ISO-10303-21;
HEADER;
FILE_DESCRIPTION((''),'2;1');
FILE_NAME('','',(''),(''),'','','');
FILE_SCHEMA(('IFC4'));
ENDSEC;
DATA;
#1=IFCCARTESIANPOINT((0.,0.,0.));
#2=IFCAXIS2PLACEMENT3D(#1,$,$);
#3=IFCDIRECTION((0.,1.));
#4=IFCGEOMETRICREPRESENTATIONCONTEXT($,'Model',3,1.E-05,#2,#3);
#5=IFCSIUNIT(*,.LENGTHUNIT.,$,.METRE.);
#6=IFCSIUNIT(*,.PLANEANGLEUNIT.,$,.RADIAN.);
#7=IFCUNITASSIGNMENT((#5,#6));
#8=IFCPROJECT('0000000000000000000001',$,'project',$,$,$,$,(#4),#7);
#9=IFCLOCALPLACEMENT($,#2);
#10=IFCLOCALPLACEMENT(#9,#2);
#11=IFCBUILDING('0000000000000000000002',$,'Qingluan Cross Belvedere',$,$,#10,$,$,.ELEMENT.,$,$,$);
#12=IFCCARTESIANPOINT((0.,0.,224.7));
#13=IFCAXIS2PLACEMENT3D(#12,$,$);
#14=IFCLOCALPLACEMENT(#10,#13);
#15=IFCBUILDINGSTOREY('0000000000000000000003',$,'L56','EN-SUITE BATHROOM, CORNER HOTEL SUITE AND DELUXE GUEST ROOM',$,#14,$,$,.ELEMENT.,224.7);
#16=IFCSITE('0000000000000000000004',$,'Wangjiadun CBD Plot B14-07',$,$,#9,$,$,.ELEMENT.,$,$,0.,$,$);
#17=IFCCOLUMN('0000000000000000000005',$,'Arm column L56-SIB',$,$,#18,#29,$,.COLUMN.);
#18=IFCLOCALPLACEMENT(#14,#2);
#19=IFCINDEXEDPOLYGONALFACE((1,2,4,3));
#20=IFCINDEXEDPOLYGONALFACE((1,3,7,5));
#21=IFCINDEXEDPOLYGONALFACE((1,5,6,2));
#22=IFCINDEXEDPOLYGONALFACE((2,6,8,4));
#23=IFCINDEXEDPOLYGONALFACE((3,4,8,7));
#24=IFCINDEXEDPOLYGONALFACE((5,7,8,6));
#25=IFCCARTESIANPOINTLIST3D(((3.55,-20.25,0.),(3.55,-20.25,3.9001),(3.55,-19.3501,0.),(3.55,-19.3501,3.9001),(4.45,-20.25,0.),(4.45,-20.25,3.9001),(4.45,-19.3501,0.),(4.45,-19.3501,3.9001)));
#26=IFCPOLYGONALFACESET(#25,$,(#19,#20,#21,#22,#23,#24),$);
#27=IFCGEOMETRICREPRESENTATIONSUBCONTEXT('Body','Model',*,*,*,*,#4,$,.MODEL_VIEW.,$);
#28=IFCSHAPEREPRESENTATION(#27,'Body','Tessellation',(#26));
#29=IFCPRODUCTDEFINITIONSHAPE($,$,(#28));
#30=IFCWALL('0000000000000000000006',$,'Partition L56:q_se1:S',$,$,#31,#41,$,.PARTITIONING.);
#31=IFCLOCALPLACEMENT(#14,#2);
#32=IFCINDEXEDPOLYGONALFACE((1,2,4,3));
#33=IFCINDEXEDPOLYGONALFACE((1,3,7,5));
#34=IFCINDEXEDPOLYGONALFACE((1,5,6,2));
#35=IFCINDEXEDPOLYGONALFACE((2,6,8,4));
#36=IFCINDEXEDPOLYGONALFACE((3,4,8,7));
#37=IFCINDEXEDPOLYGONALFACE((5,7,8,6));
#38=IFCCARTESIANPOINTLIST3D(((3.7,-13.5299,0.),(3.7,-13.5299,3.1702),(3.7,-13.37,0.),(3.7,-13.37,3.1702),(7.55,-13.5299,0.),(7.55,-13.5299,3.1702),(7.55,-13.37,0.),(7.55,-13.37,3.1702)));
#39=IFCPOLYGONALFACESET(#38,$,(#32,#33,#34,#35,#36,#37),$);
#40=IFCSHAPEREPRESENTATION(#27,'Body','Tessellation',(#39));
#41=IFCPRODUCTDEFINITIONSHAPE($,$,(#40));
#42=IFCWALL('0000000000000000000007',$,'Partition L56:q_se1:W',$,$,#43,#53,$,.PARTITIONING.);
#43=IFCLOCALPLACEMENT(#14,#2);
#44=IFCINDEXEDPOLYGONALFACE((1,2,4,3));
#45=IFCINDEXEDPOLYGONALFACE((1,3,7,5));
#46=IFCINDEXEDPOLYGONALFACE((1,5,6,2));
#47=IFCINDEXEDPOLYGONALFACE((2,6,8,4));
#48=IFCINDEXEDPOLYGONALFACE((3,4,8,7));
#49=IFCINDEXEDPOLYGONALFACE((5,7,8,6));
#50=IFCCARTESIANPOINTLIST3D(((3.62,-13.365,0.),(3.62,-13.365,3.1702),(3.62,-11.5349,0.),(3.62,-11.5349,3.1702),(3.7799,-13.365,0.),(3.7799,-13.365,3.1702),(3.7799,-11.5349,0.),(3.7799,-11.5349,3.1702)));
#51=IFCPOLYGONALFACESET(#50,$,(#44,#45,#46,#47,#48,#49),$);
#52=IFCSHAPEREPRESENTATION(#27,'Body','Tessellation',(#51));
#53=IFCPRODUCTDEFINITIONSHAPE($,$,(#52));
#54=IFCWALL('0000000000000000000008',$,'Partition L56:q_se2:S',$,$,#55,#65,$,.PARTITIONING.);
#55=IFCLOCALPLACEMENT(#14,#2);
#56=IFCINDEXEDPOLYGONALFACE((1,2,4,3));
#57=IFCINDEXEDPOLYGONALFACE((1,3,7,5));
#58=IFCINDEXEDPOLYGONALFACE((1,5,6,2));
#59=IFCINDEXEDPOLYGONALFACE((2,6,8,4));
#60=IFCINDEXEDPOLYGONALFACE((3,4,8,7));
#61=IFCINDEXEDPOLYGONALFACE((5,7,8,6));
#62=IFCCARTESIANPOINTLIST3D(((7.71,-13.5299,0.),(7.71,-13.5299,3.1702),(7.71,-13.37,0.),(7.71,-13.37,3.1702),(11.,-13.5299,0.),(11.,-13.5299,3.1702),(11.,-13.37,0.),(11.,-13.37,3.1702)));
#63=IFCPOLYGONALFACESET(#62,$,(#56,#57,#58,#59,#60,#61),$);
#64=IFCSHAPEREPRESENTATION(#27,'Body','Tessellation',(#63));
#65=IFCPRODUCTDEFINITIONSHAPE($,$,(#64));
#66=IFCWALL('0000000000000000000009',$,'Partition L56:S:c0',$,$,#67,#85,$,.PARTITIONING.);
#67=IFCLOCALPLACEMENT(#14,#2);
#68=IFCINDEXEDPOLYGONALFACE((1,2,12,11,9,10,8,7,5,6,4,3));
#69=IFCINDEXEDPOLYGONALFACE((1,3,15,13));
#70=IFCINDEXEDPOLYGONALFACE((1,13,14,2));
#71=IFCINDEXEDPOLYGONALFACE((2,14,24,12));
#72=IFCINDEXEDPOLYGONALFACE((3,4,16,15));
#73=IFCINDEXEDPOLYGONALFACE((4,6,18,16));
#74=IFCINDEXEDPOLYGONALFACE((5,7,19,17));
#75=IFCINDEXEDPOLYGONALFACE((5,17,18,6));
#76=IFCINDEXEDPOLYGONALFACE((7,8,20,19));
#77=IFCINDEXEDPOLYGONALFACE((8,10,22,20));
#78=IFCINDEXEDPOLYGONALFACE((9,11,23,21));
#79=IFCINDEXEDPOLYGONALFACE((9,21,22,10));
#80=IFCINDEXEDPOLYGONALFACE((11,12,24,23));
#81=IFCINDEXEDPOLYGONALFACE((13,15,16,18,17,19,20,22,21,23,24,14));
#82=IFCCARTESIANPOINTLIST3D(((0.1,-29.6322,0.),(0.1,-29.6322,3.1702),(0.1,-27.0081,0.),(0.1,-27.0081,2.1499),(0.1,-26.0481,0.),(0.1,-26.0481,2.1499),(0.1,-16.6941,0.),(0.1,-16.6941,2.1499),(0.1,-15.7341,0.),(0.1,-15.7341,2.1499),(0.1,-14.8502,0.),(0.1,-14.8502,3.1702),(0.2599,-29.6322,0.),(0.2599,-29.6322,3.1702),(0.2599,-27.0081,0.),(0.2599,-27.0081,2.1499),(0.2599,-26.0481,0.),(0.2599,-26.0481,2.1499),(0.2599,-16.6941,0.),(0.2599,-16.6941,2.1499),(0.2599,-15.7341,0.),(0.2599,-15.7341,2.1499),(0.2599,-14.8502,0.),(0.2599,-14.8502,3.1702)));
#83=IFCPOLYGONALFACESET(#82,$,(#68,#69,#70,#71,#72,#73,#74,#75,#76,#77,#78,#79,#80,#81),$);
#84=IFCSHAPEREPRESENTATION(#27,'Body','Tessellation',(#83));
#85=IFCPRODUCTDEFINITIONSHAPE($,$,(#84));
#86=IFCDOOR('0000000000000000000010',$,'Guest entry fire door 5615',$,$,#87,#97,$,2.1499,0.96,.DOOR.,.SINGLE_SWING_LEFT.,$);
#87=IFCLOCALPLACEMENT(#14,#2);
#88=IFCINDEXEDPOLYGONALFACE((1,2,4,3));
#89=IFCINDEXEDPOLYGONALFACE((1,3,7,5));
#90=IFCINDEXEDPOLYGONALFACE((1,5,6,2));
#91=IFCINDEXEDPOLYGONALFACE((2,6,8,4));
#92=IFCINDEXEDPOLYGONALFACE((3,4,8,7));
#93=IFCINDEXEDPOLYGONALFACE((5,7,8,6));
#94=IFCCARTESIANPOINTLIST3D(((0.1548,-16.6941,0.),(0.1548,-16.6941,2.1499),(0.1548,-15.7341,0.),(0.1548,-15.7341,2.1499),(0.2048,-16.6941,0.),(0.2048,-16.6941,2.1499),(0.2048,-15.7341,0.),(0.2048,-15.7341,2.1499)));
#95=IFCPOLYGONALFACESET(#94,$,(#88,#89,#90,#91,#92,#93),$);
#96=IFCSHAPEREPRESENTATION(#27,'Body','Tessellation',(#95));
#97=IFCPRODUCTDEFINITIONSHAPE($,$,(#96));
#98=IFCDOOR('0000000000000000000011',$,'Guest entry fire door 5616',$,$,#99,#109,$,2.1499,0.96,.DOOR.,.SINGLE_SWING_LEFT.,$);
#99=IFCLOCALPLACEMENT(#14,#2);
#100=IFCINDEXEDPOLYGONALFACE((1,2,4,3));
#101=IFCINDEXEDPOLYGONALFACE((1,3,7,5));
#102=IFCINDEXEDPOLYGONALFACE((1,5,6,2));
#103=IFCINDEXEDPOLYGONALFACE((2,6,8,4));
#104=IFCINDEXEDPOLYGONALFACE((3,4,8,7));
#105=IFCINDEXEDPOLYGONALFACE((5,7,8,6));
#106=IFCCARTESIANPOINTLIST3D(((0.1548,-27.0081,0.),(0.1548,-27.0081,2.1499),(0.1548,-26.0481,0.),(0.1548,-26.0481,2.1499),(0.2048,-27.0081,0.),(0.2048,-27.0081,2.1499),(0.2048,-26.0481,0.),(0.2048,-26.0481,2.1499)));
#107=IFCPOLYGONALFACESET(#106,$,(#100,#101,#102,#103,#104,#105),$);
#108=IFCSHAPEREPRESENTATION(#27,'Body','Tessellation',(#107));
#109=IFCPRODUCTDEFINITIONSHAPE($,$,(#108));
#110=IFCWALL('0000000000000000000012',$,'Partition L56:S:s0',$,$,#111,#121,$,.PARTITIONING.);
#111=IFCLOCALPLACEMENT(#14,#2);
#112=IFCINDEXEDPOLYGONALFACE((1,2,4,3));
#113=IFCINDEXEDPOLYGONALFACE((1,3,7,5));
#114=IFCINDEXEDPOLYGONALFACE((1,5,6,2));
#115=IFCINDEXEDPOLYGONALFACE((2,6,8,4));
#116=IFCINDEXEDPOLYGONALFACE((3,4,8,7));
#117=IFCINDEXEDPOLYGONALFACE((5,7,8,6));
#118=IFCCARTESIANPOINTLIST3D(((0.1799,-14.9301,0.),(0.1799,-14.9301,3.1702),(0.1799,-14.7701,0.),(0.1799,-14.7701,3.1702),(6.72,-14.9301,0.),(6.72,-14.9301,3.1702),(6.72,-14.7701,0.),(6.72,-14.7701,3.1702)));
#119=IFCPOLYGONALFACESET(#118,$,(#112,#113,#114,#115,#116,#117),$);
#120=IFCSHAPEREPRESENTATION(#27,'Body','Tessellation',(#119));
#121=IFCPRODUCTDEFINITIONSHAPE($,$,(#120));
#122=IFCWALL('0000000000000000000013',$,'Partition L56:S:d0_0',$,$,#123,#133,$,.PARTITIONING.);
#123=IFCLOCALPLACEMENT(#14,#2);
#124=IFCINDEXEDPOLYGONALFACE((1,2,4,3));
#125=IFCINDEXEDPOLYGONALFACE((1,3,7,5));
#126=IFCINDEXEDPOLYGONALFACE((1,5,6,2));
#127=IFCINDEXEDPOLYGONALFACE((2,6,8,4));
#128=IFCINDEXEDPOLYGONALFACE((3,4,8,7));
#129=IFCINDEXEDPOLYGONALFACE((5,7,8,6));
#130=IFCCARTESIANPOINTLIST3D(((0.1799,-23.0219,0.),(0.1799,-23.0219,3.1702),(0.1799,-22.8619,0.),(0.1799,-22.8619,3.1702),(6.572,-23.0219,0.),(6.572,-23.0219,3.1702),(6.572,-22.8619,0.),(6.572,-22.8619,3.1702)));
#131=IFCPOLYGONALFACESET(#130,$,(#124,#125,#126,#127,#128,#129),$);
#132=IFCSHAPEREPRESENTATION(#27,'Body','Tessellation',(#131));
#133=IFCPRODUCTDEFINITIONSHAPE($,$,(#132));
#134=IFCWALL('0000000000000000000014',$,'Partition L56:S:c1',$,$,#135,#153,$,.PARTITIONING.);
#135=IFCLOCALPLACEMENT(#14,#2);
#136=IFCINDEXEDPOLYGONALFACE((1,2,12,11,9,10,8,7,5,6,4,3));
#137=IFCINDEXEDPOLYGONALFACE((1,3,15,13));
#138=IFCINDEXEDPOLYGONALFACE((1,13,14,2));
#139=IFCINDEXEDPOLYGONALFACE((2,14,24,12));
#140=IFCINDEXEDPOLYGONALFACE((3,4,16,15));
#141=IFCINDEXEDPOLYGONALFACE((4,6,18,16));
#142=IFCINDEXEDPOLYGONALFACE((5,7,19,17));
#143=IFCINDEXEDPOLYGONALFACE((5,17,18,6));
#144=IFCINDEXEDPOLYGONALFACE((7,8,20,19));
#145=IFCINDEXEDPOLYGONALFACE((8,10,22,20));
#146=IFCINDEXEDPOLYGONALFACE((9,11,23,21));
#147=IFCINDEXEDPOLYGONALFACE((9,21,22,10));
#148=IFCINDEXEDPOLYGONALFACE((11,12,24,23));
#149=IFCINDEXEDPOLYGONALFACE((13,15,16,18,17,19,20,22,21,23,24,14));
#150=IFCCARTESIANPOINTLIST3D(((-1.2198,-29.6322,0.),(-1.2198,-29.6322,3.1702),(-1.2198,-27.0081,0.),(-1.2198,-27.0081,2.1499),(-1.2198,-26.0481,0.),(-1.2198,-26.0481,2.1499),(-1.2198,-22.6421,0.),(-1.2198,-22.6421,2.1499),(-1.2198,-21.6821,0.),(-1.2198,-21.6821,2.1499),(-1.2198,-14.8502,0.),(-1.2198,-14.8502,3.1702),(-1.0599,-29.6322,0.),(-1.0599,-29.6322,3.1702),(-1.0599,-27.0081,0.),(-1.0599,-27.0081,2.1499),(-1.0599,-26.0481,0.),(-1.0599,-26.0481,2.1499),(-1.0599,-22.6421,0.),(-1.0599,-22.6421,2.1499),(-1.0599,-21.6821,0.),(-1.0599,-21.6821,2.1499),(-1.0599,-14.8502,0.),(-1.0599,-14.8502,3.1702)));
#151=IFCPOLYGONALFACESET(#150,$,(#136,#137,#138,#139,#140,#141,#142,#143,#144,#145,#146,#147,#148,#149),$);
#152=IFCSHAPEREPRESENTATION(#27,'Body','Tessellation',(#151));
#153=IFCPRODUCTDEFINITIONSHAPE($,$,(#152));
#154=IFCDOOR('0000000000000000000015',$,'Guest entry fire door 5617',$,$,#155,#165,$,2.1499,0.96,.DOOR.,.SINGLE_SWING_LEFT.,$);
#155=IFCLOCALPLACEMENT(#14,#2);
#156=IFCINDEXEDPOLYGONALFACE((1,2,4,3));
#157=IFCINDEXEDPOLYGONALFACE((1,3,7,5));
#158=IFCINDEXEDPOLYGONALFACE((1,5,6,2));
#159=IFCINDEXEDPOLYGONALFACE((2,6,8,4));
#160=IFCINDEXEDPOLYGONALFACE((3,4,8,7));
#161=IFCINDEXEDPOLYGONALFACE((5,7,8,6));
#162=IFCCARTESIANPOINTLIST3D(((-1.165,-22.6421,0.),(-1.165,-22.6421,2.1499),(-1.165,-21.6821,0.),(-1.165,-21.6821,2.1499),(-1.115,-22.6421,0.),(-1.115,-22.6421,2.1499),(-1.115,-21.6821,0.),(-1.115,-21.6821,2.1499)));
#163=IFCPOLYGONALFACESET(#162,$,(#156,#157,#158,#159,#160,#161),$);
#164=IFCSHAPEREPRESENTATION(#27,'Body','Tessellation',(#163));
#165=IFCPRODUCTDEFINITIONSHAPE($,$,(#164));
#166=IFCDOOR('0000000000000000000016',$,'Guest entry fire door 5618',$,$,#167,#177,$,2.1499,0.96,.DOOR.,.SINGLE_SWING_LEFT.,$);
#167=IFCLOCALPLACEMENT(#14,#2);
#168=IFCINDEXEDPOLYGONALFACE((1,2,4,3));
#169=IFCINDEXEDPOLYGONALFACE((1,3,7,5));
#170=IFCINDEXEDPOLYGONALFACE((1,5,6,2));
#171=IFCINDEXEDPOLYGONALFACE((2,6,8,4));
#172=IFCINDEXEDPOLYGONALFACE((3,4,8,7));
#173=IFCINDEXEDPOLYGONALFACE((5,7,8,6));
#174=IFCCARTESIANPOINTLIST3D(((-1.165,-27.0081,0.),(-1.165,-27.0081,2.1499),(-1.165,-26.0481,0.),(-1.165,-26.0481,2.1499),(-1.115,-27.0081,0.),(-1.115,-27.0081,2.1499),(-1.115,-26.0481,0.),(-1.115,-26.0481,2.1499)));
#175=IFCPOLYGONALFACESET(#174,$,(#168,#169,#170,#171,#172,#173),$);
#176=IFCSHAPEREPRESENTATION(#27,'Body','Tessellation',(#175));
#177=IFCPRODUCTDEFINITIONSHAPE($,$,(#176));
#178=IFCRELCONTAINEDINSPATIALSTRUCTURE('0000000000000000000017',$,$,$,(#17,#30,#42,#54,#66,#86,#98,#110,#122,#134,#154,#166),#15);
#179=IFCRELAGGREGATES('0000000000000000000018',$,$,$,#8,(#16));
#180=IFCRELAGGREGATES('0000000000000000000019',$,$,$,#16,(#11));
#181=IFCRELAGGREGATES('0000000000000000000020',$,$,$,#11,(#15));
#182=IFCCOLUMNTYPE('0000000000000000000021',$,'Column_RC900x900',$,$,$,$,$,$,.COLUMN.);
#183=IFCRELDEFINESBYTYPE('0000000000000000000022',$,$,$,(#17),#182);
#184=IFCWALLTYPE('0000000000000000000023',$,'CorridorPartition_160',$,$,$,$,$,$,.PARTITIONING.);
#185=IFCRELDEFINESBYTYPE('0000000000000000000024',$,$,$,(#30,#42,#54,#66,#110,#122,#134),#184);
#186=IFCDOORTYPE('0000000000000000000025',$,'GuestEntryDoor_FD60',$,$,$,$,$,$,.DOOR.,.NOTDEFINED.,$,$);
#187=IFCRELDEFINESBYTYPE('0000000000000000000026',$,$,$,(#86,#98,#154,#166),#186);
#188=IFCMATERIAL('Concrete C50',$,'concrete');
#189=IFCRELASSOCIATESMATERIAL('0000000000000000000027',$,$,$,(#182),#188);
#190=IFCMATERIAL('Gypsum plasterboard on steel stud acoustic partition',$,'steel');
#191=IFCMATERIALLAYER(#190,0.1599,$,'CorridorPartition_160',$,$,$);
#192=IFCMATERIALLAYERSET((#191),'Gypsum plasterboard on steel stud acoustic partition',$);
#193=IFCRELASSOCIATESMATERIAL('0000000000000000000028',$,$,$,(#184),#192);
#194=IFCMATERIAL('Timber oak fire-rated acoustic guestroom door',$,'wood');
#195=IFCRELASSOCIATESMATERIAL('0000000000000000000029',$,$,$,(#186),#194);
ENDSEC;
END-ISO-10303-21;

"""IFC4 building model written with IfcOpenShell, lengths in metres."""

from ifc_helpers import new_model, si_unit, direction, frame, frame_2d, origin, origin_2d, place, context, subcontext, project, spatial, rectangle, extrude, material, layer, layer_set, material_profile, profile_set, type_object, element, fill, save


model = new_model("IFC4")

# Units and contexts
model_context = context("Model", 3, precision=1e-05, world=origin(), true_north=direction((0.0, 1.0)))
body_context = subcontext(model_context, "Body", "Model", "MODEL_VIEW")
ifc_project = project(units=[si_unit("LENGTHUNIT", "METRE"), si_unit("PLANEANGLEUNIT", "RADIAN")], contexts=[model_context])

# Site, building, storey
site_placement = place(None, origin())
site = spatial("IfcSite", under=ifc_project, at=site_placement, Name="Wangjiadun CBD Plot B14-07", CompositionType="ELEMENT", RefElevation=0.0)
building_placement = place(site_placement, origin())
building = spatial("IfcBuilding", under=site, at=building_placement, Name="Qingluan Cross Belvedere", CompositionType="ELEMENT")
storey_placement = place(building_placement, frame((0.0, 0.0, 224.7)))
storey = spatial("IfcBuildingStorey", under=building, at=storey_placement, Name="L56", Description="EN-SUITE BATHROOM, CORNER HOTEL SUITE AND DELUXE GUEST ROOM", CompositionType="ELEMENT", Elevation=224.7)

# Column
ifc_material_1 = material(Name="Concrete C50", Category="concrete")
ifc_material_profile = material_profile(ifc_material_1, rectangle(XDim=0.8999, YDim=0.8999, at=origin_2d()), Name="RC900x900")
ifc_profile_set = profile_set([ifc_material_profile], Name="Concrete C50")
column_type = type_object("IfcColumnType", Name="Column_RC900x900", PredefinedType="COLUMN", material=ifc_profile_set)
column_placement = place(storey_placement, frame((4.0, -19.8, 0.0), z_axis=(0.0, 0.0, 1.0), x_axis=(1.0, 0.0, 0.0)))
element("IfcColumn", 1, at=column_placement, inside=storey, type_object=column_type, Name="Arm column L56-SIB", PredefinedType="COLUMN", context=body_context, shape_type="SweptSolid", body=[
    extrude(rectangle(XDim=0.8999, YDim=0.8999, at=origin_2d()), origin(), (0.0, 0.0, 1.0), 3.9001),
])

# Walls
ifc_material_2 = material(Name="Gypsum plasterboard on steel stud acoustic partition", Category="steel")
ifc_layer_1 = layer(ifc_material_2, 0.1599, Name="CorridorPartition_160")
ifc_layer_set_1 = layer_set([ifc_layer_1], Name="Gypsum plasterboard on steel stud acoustic partition")
wall_type_1 = type_object("IfcWallType", Name="CorridorPartition_160", PredefinedType="PARTITIONING", material=ifc_layer_set_1)
wall_1_placement = place(storey_placement, frame((3.7, -13.45, 0.0), z_axis=(0.0, 0.0, 1.0), x_axis=(1.0, 0.0, 0.0)))
element("IfcWall", 2, at=wall_1_placement, inside=storey, type_object=wall_type_1, Name="Partition L56:q_se1:S", PredefinedType="PARTITIONING", context=body_context, shape_type="SweptSolid", body=[
    extrude(rectangle(XDim=3.8501, YDim=0.1599, at=frame_2d((1.925, 0.0))), origin(), (0.0, 0.0, 1.0), 3.1702),
])
wall_2_placement = place(storey_placement, frame((3.7, -13.365, 0.0), z_axis=(0.0, 0.0, 1.0), x_axis=(0.0, 1.0, 0.0)))
element("IfcWall", 3, at=wall_2_placement, inside=storey, type_object=wall_type_1, Name="Partition L56:q_se1:W", PredefinedType="PARTITIONING", context=body_context, shape_type="SweptSolid", body=[
    extrude(rectangle(XDim=1.8301, YDim=0.1599, at=frame_2d((0.915, 0.0))), origin(), (0.0, 0.0, 1.0), 3.1702),
])
wall_3_placement = place(storey_placement, frame((7.71, -13.45, 0.0), z_axis=(0.0, 0.0, 1.0), x_axis=(1.0, 0.0, 0.0)))
element("IfcWall", 4, at=wall_3_placement, inside=storey, type_object=wall_type_1, Name="Partition L56:q_se2:S", PredefinedType="PARTITIONING", context=body_context, shape_type="SweptSolid", body=[
    extrude(rectangle(XDim=3.29, YDim=0.1599, at=frame_2d((1.645, 0.0))), origin(), (0.0, 0.0, 1.0), 3.1702),
])

# Wall, openings, doors
wall_4_placement = place(storey_placement, frame((0.1799, -14.8501, 0.0), z_axis=(0.0, 0.0, 1.0), x_axis=(0.0, -1.0, 0.0)))
wall_4 = element("IfcWall", 5, at=wall_4_placement, inside=storey, type_object=wall_type_1, Name="Partition L56:S:c0", PredefinedType="PARTITIONING", context=body_context, shape_type="SweptSolid", body=[
    extrude(rectangle(XDim=14.782, YDim=0.1599, at=frame_2d((7.3911, 0.0))), origin(), (0.0, 0.0, 1.0), 3.1702),
])
opening_1_placement = place(wall_4_placement, frame((0.884, 0.0, 0.0)))
opening_1 = element("IfcOpeningElement", 6, at=opening_1_placement, cuts=wall_4, PredefinedType="OPENING", context=body_context, shape_type="SweptSolid", body=[
    extrude(rectangle(XDim=0.96, YDim=2.1499, at=frame_2d((0.48, 1.075))), frame((0.0, 0.0898, 0.0), z_axis=(0.0, -1.0, 0.0), x_axis=(1.0, 0.0, 0.0)), (0.0, 0.0, 1.0), 0.1799),
])
opening_2_placement = place(wall_4_placement, frame((11.198, 0.0, 0.0)))
opening_2 = element("IfcOpeningElement", 7, at=opening_2_placement, cuts=wall_4, PredefinedType="OPENING", context=body_context, shape_type="SweptSolid", body=[
    extrude(rectangle(XDim=0.96, YDim=2.1499, at=frame_2d((0.48, 1.075))), frame((0.0, 0.0898, 0.0), z_axis=(0.0, -1.0, 0.0), x_axis=(1.0, 0.0, 0.0)), (0.0, 0.0, 1.0), 0.1799),
])
ifc_material_3 = material(Name="Timber oak fire-rated acoustic guestroom door", Category="wood")
door_type_1 = type_object("IfcDoorType", Name="GuestEntryDoor_FD60", OperationType="NOTDEFINED", PredefinedType="DOOR", material=ifc_material_3)
door_1_placement = place(opening_1_placement, origin())
door_1 = element("IfcDoor", 8, at=door_1_placement, inside=storey, type_object=door_type_1, Name="Guest entry fire door 5615", OperationType="SINGLE_SWING_LEFT", OverallHeight=2.1499, OverallWidth=0.96, PredefinedType="DOOR", context=body_context, shape_type="SweptSolid", body=[
    extrude(rectangle(XDim=0.96, YDim=2.1499, at=frame_2d((0.48, 1.075))), frame((0.0, 0.0249, 0.0), z_axis=(0.0, -1.0, 0.0), x_axis=(1.0, 0.0, 0.0)), (0.0, 0.0, 1.0), 0.05),
])
fill(opening_1, door_1)
door_2_placement = place(opening_2_placement, origin())
door_2 = element("IfcDoor", 9, at=door_2_placement, inside=storey, type_object=door_type_1, Name="Guest entry fire door 5616", OperationType="SINGLE_SWING_LEFT", OverallHeight=2.1499, OverallWidth=0.96, PredefinedType="DOOR", context=body_context, shape_type="SweptSolid", body=[
    extrude(rectangle(XDim=0.96, YDim=2.1499, at=frame_2d((0.48, 1.075))), frame((0.0, 0.0249, 0.0), z_axis=(0.0, -1.0, 0.0), x_axis=(1.0, 0.0, 0.0)), (0.0, 0.0, 1.0), 0.05),
])
fill(opening_2, door_2)

# Walls
wall_5_placement = place(storey_placement, frame((0.1799, -14.8501, 0.0), z_axis=(0.0, 0.0, 1.0), x_axis=(1.0, 0.0, 0.0)))
element("IfcWall", 10, at=wall_5_placement, inside=storey, type_object=wall_type_1, Name="Partition L56:S:s0", PredefinedType="PARTITIONING", context=body_context, shape_type="SweptSolid", body=[
    extrude(rectangle(XDim=6.54, YDim=0.1599, at=frame_2d((3.27, 0.0))), origin(), (0.0, 0.0, 1.0), 3.1702),
])
wall_6_placement = place(storey_placement, frame((0.1799, -22.9419, 0.0), z_axis=(0.0, 0.0, 1.0), x_axis=(1.0, 0.0, 0.0)))
element("IfcWall", 11, at=wall_6_placement, inside=storey, type_object=wall_type_1, Name="Partition L56:S:d0_0", PredefinedType="PARTITIONING", context=body_context, shape_type="SweptSolid", body=[
    extrude(rectangle(XDim=6.3921, YDim=0.1599, at=frame_2d((3.196, 0.0))), origin(), (0.0, 0.0, 1.0), 3.1702),
])

# Wall, openings, doors
wall_7_placement = place(storey_placement, frame((-1.1399, -14.8501, 0.0), z_axis=(0.0, 0.0, 1.0), x_axis=(0.0, -1.0, 0.0)))
wall_7 = element("IfcWall", 12, at=wall_7_placement, inside=storey, type_object=wall_type_1, Name="Partition L56:S:c1", PredefinedType="PARTITIONING", context=body_context, shape_type="SweptSolid", body=[
    extrude(rectangle(XDim=14.782, YDim=0.1599, at=frame_2d((7.3911, 0.0))), origin(), (0.0, 0.0, 1.0), 3.1702),
])
opening_3_placement = place(wall_7_placement, frame((6.832, 0.0, 0.0)))
opening_3 = element("IfcOpeningElement", 13, at=opening_3_placement, cuts=wall_7, PredefinedType="OPENING", context=body_context, shape_type="SweptSolid", body=[
    extrude(rectangle(XDim=0.96, YDim=2.1499, at=frame_2d((0.48, 1.075))), frame((0.0, 0.0898, 0.0), z_axis=(0.0, -1.0, 0.0), x_axis=(1.0, 0.0, 0.0)), (0.0, 0.0, 1.0), 0.1799),
])
opening_4_placement = place(wall_7_placement, frame((11.198, 0.0, 0.0)))
opening_4 = element("IfcOpeningElement", 14, at=opening_4_placement, cuts=wall_7, PredefinedType="OPENING", context=body_context, shape_type="SweptSolid", body=[
    extrude(rectangle(XDim=0.96, YDim=2.1499, at=frame_2d((0.48, 1.075))), frame((0.0, 0.0898, 0.0), z_axis=(0.0, -1.0, 0.0), x_axis=(1.0, 0.0, 0.0)), (0.0, 0.0, 1.0), 0.1799),
])
door_3_placement = place(opening_3_placement, origin())
door_3 = element("IfcDoor", 15, at=door_3_placement, inside=storey, type_object=door_type_1, Name="Guest entry fire door 5617", OperationType="SINGLE_SWING_LEFT", OverallHeight=2.1499, OverallWidth=0.96, PredefinedType="DOOR", context=body_context, shape_type="SweptSolid", body=[
    extrude(rectangle(XDim=0.96, YDim=2.1499, at=frame_2d((0.48, 1.075))), frame((0.0, 0.0249, 0.0), z_axis=(0.0, -1.0, 0.0), x_axis=(1.0, 0.0, 0.0)), (0.0, 0.0, 1.0), 0.05),
])
fill(opening_3, door_3)
door_4_placement = place(opening_4_placement, origin())
door_4 = element("IfcDoor", 16, at=door_4_placement, inside=storey, type_object=door_type_1, Name="Guest entry fire door 5618", OperationType="SINGLE_SWING_LEFT", OverallHeight=2.1499, OverallWidth=0.96, PredefinedType="DOOR", context=body_context, shape_type="SweptSolid", body=[
    extrude(rectangle(XDim=0.96, YDim=2.1499, at=frame_2d((0.48, 1.075))), frame((0.0, 0.0249, 0.0), z_axis=(0.0, -1.0, 0.0), x_axis=(1.0, 0.0, 0.0)), (0.0, 0.0, 1.0), 0.05),
])
fill(opening_4, door_4)

save(model, "model.ifc")
